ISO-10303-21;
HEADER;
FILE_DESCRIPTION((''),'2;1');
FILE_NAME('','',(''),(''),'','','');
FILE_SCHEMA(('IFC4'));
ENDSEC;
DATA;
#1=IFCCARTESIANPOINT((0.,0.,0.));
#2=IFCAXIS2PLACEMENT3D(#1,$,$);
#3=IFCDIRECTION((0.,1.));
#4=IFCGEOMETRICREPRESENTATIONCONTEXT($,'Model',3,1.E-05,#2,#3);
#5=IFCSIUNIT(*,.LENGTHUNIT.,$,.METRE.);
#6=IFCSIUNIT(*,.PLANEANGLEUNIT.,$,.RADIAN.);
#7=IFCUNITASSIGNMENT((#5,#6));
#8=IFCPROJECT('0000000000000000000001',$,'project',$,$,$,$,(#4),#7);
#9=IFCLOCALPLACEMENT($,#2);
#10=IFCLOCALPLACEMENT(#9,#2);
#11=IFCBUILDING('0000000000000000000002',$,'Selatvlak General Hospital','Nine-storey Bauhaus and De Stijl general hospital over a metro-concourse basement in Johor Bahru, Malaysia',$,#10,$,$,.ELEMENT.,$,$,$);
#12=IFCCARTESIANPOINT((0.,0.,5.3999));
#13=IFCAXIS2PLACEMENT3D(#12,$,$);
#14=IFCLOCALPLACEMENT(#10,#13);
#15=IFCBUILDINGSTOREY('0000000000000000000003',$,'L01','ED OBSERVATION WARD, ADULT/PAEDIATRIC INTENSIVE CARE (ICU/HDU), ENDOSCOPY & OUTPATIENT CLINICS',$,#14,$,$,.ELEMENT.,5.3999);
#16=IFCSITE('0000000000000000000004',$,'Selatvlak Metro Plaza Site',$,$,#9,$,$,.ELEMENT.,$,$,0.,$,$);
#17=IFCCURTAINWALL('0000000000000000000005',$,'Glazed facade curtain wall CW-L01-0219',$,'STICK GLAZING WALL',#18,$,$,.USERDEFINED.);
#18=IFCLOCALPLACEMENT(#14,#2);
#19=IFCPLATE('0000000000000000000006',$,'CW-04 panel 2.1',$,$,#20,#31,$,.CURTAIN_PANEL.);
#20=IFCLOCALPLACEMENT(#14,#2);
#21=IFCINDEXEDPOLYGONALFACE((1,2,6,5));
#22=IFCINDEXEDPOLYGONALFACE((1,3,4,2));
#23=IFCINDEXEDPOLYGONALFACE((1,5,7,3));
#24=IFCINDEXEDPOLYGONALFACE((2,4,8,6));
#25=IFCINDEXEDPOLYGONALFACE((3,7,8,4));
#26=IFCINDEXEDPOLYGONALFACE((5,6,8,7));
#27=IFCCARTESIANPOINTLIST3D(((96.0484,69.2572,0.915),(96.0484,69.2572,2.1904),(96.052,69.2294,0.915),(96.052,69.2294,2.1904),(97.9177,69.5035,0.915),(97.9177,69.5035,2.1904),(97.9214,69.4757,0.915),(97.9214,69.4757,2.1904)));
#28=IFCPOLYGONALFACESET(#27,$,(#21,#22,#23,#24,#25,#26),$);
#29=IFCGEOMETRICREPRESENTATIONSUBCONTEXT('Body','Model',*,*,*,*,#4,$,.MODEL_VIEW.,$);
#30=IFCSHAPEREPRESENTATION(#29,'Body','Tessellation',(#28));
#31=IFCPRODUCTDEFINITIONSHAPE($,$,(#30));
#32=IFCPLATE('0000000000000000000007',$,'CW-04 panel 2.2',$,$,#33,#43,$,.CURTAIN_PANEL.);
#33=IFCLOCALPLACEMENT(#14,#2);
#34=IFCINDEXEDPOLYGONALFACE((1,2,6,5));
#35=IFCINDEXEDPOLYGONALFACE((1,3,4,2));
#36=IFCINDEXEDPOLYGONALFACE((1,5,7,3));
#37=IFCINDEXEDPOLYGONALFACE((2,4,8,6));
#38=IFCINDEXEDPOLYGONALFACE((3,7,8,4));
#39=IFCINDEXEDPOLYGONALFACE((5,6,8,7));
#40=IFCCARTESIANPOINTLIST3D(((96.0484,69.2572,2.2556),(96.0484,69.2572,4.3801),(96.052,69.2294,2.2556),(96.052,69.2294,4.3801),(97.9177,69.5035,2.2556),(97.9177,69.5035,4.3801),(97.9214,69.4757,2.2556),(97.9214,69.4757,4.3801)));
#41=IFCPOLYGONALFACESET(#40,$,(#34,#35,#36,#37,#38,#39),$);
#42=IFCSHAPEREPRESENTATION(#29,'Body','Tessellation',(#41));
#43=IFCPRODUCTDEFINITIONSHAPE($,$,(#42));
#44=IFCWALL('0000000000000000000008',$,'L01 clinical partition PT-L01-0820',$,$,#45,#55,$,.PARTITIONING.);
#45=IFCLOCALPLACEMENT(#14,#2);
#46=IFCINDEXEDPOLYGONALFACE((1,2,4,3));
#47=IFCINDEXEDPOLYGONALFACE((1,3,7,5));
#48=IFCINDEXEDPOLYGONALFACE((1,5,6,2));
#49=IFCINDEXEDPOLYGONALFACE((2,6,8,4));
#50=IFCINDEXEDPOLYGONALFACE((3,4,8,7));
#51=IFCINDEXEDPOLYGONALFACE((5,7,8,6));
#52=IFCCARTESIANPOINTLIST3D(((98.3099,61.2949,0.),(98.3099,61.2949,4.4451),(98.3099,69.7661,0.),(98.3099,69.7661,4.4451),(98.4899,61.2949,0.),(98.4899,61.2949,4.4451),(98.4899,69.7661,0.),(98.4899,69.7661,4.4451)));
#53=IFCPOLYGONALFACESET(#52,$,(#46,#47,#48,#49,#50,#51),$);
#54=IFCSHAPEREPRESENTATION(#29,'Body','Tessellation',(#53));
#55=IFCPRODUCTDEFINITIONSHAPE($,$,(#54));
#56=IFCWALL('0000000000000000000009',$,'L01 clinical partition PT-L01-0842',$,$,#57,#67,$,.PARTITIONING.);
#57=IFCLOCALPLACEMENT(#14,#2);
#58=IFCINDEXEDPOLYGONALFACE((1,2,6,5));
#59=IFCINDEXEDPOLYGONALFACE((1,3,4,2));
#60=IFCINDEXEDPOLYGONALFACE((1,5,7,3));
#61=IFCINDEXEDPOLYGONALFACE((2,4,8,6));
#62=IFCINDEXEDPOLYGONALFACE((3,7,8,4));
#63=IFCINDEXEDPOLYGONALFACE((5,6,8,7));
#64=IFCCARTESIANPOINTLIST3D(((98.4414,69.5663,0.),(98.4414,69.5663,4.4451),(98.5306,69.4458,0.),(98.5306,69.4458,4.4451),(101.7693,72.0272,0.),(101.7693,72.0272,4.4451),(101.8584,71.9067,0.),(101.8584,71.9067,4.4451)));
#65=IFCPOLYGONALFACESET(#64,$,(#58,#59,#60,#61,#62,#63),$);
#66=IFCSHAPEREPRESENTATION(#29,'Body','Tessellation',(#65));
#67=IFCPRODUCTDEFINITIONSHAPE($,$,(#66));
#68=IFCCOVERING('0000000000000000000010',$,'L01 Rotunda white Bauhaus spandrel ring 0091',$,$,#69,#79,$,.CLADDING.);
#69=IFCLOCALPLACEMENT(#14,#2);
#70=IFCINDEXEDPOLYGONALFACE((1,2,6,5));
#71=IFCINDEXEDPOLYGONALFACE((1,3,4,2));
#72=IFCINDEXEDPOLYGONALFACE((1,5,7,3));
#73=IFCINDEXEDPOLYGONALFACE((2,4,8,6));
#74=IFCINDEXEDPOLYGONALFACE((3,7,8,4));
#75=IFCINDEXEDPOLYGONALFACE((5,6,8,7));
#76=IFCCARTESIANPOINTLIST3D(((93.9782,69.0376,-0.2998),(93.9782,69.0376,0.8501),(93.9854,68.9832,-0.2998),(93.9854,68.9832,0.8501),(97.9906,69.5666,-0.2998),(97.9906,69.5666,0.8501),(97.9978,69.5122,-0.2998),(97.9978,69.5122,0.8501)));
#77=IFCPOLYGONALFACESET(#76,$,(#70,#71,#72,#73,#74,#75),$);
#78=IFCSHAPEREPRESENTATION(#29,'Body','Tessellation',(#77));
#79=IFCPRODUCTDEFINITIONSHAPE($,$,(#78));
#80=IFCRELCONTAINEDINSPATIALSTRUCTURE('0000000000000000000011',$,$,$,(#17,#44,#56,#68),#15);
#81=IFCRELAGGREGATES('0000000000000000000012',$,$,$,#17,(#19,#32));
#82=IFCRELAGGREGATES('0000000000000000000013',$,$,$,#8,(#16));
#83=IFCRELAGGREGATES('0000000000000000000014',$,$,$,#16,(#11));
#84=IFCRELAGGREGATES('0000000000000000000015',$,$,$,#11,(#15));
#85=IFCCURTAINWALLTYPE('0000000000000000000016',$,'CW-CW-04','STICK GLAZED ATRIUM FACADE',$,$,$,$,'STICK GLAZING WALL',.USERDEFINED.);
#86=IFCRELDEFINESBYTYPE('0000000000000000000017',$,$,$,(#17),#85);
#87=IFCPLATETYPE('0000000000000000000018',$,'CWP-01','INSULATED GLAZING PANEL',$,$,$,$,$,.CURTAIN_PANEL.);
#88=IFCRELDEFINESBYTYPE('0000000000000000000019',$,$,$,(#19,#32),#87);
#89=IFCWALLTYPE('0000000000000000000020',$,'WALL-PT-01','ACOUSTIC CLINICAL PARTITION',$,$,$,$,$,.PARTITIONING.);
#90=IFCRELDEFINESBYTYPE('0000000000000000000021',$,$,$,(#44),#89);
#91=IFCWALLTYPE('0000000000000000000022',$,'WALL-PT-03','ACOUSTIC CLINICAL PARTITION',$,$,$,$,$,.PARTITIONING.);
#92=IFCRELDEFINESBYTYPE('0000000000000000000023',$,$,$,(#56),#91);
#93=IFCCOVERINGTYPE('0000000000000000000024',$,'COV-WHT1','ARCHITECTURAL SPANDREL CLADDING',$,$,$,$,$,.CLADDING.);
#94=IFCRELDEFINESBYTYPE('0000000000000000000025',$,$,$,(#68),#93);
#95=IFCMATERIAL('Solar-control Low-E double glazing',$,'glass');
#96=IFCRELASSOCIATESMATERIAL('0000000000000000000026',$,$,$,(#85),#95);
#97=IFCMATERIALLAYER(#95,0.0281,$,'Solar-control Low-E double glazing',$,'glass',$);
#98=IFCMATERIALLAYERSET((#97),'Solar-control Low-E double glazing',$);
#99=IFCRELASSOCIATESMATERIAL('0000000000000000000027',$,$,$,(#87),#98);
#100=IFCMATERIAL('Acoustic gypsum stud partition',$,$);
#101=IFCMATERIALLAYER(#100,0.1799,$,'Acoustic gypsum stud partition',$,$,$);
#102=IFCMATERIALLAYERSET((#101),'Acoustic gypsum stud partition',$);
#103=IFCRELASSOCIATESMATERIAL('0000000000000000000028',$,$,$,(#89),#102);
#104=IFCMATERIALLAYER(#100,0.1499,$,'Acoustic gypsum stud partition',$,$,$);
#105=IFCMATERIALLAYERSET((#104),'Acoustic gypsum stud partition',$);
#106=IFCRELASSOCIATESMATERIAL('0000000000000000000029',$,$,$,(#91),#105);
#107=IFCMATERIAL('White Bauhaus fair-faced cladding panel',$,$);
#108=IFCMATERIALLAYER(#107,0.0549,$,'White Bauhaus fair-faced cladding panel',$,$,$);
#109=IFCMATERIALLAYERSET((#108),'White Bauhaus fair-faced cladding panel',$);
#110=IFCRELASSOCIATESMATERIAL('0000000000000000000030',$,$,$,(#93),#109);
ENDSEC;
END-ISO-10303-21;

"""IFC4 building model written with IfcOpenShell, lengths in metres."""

from ifc_helpers import new_model, si_unit, direction, frame, frame_2d, origin, origin_2d, place, context, subcontext, project, spatial, rectangle, extrude, material, layer, layer_set, type_object, element, aggregate, save


model = new_model("IFC4")

# Units and contexts
model_context = context("Model", 3, precision=1e-05, world=origin(), true_north=direction((0.0, 1.0)))
body_context = subcontext(model_context, "Body", "Model", "MODEL_VIEW")
ifc_project = project(units=[si_unit("LENGTHUNIT", "METRE"), si_unit("PLANEANGLEUNIT", "RADIAN")], contexts=[model_context])

# Site, building, storey
site_placement = place(None, origin())
site = spatial("IfcSite", under=ifc_project, at=site_placement, Name="Selatvlak Metro Plaza Site", CompositionType="ELEMENT", RefElevation=0.0)
building_placement = place(site_placement, origin())
building = spatial("IfcBuilding", under=site, at=building_placement, Name="Selatvlak General Hospital", Description="Nine-storey Bauhaus and De Stijl general hospital over a metro-concourse basement in Johor Bahru, Malaysia", CompositionType="ELEMENT")
storey_placement = place(building_placement, frame((0.0, 0.0, 5.3999)))
storey = spatial("IfcBuildingStorey", under=building, at=storey_placement, Name="L01", Description="ED OBSERVATION WARD, ADULT/PAEDIATRIC INTENSIVE CARE (ICU/HDU), ENDOSCOPY & OUTPATIENT CLINICS", CompositionType="ELEMENT", Elevation=5.3999)

# Shared definitions
ifc_material_1 = material(Name="Solar-control Low-E double glazing", Category="glass")

# Curtain wall
curtain_wall_type_1 = type_object("IfcCurtainWallType", Name="CW-CW-04", Description="STICK GLAZED ATRIUM FACADE", ElementType="STICK GLAZING WALL", PredefinedType="USERDEFINED", material=ifc_material_1)
curtain_wall_1_placement = place(storey_placement, origin())
curtain_wall_1 = element("IfcCurtainWall", 1, at=curtain_wall_1_placement, inside=storey, type_object=curtain_wall_type_1, Name="Glazed facade curtain wall CW-L01-0219", ObjectType="STICK GLAZING WALL", PredefinedType="USERDEFINED")

# Plates
ifc_layer_1 = layer(ifc_material_1, 0.0281, Name="Solar-control Low-E double glazing", Category="glass")
ifc_layer_set_1 = layer_set([ifc_layer_1], Name="Solar-control Low-E double glazing")
plate_type = type_object("IfcPlateType", Name="CWP-01", Description="INSULATED GLAZING PANEL", PredefinedType="CURTAIN_PANEL", material=ifc_layer_set_1)
plate_1_placement = place(storey_placement, frame((96.9849, 69.3665, 0.915), z_axis=(0.0, 0.0, 1.0), x_axis=(0.991434, 0.130611, 0.0)))
plate_1 = element("IfcPlate", 2, at=plate_1_placement, type_object=plate_type, Name="CW-04 panel 2.1", PredefinedType="CURTAIN_PANEL", context=body_context, shape_type="SweptSolid", body=[
    extrude(rectangle(XDim=1.8855, YDim=0.0281, at=origin_2d()), origin(), (0.0, 0.0, 1.0), 1.2754),
])
plate_2_placement = place(storey_placement, frame((96.9849, 69.3665, 2.2556), z_axis=(0.0, 0.0, 1.0), x_axis=(0.991434, 0.130611, 0.0)))
plate_2 = element("IfcPlate", 3, at=plate_2_placement, type_object=plate_type, Name="CW-04 panel 2.2", PredefinedType="CURTAIN_PANEL", context=body_context, shape_type="SweptSolid", body=[
    extrude(rectangle(XDim=1.8855, YDim=0.0281, at=origin_2d()), origin(), (0.0, 0.0, 1.0), 2.1245),
])
aggregate(curtain_wall_1, [plate_1, plate_2])

# Walls
ifc_material_2 = material(Name="Acoustic gypsum stud partition")
ifc_layer_2 = layer(ifc_material_2, 0.1799, Name="Acoustic gypsum stud partition")
ifc_layer_set_2 = layer_set([ifc_layer_2], Name="Acoustic gypsum stud partition")
wall_type_1 = type_object("IfcWallType", Name="WALL-PT-01", Description="ACOUSTIC CLINICAL PARTITION", PredefinedType="PARTITIONING", material=ifc_layer_set_2)
wall_1_placement = place(storey_placement, frame((98.3999, 69.7661, 0.0), z_axis=(0.0, 0.0, 1.0), x_axis=(0.0, -1.0, 0.0)))
element("IfcWall", 4, at=wall_1_placement, inside=storey, type_object=wall_type_1, Name="L01 clinical partition PT-L01-0820", PredefinedType="PARTITIONING", context=body_context, shape_type="SweptSolid", body=[
    extrude(rectangle(XDim=8.4712, YDim=0.1799, at=frame_2d((4.2356, 0.0))), origin(), (0.0, 0.0, 1.0), 4.4451),
])
ifc_layer_3 = layer(ifc_material_2, 0.1499, Name="Acoustic gypsum stud partition")
ifc_layer_set_3 = layer_set([ifc_layer_3], Name="Acoustic gypsum stud partition")
wall_type_2 = type_object("IfcWallType", Name="WALL-PT-03", Description="ACOUSTIC CLINICAL PARTITION", PredefinedType="PARTITIONING", material=ifc_layer_set_3)
wall_2_placement = place(storey_placement, frame((98.4861, 69.5061, 0.0), z_axis=(0.0, 0.0, 1.0), x_axis=(0.804038, 0.594578, 0.0)))
element("IfcWall", 5, at=wall_2_placement, inside=storey, type_object=wall_type_2, Name="L01 clinical partition PT-L01-0842", PredefinedType="PARTITIONING", context=body_context, shape_type="SweptSolid", body=[
    extrude(rectangle(XDim=4.1389, YDim=0.1499, at=frame_2d((2.0693, 0.0))), origin(), (0.0, 0.0, 1.0), 4.4451),
])

# Covering
ifc_material_3 = material(Name="White Bauhaus fair-faced cladding panel")
ifc_layer_4 = layer(ifc_material_3, 0.0549, Name="White Bauhaus fair-faced cladding panel")
ifc_layer_set_4 = layer_set([ifc_layer_4], Name="White Bauhaus fair-faced cladding panel")
covering_type = type_object("IfcCoveringType", Name="COV-WHT1", Description="ARCHITECTURAL SPANDREL CLADDING", PredefinedType="CLADDING", material=ifc_layer_set_4)
covering_placement = place(storey_placement, frame((95.988, 69.2749, -0.2998), z_axis=(0.0, 0.0, 1.0), x_axis=(0.99142, 0.130717, 0.0)))
element("IfcCovering", 6, at=covering_placement, inside=storey, type_object=covering_type, Name="L01 Rotunda white Bauhaus spandrel ring 0091", PredefinedType="CLADDING", context=body_context, shape_type="SweptSolid", body=[
    extrude(rectangle(XDim=4.0471, YDim=0.0549, at=origin_2d()), origin(), (0.0, 0.0, 1.0), 1.1499),
])

save(model, "model.ifc")
